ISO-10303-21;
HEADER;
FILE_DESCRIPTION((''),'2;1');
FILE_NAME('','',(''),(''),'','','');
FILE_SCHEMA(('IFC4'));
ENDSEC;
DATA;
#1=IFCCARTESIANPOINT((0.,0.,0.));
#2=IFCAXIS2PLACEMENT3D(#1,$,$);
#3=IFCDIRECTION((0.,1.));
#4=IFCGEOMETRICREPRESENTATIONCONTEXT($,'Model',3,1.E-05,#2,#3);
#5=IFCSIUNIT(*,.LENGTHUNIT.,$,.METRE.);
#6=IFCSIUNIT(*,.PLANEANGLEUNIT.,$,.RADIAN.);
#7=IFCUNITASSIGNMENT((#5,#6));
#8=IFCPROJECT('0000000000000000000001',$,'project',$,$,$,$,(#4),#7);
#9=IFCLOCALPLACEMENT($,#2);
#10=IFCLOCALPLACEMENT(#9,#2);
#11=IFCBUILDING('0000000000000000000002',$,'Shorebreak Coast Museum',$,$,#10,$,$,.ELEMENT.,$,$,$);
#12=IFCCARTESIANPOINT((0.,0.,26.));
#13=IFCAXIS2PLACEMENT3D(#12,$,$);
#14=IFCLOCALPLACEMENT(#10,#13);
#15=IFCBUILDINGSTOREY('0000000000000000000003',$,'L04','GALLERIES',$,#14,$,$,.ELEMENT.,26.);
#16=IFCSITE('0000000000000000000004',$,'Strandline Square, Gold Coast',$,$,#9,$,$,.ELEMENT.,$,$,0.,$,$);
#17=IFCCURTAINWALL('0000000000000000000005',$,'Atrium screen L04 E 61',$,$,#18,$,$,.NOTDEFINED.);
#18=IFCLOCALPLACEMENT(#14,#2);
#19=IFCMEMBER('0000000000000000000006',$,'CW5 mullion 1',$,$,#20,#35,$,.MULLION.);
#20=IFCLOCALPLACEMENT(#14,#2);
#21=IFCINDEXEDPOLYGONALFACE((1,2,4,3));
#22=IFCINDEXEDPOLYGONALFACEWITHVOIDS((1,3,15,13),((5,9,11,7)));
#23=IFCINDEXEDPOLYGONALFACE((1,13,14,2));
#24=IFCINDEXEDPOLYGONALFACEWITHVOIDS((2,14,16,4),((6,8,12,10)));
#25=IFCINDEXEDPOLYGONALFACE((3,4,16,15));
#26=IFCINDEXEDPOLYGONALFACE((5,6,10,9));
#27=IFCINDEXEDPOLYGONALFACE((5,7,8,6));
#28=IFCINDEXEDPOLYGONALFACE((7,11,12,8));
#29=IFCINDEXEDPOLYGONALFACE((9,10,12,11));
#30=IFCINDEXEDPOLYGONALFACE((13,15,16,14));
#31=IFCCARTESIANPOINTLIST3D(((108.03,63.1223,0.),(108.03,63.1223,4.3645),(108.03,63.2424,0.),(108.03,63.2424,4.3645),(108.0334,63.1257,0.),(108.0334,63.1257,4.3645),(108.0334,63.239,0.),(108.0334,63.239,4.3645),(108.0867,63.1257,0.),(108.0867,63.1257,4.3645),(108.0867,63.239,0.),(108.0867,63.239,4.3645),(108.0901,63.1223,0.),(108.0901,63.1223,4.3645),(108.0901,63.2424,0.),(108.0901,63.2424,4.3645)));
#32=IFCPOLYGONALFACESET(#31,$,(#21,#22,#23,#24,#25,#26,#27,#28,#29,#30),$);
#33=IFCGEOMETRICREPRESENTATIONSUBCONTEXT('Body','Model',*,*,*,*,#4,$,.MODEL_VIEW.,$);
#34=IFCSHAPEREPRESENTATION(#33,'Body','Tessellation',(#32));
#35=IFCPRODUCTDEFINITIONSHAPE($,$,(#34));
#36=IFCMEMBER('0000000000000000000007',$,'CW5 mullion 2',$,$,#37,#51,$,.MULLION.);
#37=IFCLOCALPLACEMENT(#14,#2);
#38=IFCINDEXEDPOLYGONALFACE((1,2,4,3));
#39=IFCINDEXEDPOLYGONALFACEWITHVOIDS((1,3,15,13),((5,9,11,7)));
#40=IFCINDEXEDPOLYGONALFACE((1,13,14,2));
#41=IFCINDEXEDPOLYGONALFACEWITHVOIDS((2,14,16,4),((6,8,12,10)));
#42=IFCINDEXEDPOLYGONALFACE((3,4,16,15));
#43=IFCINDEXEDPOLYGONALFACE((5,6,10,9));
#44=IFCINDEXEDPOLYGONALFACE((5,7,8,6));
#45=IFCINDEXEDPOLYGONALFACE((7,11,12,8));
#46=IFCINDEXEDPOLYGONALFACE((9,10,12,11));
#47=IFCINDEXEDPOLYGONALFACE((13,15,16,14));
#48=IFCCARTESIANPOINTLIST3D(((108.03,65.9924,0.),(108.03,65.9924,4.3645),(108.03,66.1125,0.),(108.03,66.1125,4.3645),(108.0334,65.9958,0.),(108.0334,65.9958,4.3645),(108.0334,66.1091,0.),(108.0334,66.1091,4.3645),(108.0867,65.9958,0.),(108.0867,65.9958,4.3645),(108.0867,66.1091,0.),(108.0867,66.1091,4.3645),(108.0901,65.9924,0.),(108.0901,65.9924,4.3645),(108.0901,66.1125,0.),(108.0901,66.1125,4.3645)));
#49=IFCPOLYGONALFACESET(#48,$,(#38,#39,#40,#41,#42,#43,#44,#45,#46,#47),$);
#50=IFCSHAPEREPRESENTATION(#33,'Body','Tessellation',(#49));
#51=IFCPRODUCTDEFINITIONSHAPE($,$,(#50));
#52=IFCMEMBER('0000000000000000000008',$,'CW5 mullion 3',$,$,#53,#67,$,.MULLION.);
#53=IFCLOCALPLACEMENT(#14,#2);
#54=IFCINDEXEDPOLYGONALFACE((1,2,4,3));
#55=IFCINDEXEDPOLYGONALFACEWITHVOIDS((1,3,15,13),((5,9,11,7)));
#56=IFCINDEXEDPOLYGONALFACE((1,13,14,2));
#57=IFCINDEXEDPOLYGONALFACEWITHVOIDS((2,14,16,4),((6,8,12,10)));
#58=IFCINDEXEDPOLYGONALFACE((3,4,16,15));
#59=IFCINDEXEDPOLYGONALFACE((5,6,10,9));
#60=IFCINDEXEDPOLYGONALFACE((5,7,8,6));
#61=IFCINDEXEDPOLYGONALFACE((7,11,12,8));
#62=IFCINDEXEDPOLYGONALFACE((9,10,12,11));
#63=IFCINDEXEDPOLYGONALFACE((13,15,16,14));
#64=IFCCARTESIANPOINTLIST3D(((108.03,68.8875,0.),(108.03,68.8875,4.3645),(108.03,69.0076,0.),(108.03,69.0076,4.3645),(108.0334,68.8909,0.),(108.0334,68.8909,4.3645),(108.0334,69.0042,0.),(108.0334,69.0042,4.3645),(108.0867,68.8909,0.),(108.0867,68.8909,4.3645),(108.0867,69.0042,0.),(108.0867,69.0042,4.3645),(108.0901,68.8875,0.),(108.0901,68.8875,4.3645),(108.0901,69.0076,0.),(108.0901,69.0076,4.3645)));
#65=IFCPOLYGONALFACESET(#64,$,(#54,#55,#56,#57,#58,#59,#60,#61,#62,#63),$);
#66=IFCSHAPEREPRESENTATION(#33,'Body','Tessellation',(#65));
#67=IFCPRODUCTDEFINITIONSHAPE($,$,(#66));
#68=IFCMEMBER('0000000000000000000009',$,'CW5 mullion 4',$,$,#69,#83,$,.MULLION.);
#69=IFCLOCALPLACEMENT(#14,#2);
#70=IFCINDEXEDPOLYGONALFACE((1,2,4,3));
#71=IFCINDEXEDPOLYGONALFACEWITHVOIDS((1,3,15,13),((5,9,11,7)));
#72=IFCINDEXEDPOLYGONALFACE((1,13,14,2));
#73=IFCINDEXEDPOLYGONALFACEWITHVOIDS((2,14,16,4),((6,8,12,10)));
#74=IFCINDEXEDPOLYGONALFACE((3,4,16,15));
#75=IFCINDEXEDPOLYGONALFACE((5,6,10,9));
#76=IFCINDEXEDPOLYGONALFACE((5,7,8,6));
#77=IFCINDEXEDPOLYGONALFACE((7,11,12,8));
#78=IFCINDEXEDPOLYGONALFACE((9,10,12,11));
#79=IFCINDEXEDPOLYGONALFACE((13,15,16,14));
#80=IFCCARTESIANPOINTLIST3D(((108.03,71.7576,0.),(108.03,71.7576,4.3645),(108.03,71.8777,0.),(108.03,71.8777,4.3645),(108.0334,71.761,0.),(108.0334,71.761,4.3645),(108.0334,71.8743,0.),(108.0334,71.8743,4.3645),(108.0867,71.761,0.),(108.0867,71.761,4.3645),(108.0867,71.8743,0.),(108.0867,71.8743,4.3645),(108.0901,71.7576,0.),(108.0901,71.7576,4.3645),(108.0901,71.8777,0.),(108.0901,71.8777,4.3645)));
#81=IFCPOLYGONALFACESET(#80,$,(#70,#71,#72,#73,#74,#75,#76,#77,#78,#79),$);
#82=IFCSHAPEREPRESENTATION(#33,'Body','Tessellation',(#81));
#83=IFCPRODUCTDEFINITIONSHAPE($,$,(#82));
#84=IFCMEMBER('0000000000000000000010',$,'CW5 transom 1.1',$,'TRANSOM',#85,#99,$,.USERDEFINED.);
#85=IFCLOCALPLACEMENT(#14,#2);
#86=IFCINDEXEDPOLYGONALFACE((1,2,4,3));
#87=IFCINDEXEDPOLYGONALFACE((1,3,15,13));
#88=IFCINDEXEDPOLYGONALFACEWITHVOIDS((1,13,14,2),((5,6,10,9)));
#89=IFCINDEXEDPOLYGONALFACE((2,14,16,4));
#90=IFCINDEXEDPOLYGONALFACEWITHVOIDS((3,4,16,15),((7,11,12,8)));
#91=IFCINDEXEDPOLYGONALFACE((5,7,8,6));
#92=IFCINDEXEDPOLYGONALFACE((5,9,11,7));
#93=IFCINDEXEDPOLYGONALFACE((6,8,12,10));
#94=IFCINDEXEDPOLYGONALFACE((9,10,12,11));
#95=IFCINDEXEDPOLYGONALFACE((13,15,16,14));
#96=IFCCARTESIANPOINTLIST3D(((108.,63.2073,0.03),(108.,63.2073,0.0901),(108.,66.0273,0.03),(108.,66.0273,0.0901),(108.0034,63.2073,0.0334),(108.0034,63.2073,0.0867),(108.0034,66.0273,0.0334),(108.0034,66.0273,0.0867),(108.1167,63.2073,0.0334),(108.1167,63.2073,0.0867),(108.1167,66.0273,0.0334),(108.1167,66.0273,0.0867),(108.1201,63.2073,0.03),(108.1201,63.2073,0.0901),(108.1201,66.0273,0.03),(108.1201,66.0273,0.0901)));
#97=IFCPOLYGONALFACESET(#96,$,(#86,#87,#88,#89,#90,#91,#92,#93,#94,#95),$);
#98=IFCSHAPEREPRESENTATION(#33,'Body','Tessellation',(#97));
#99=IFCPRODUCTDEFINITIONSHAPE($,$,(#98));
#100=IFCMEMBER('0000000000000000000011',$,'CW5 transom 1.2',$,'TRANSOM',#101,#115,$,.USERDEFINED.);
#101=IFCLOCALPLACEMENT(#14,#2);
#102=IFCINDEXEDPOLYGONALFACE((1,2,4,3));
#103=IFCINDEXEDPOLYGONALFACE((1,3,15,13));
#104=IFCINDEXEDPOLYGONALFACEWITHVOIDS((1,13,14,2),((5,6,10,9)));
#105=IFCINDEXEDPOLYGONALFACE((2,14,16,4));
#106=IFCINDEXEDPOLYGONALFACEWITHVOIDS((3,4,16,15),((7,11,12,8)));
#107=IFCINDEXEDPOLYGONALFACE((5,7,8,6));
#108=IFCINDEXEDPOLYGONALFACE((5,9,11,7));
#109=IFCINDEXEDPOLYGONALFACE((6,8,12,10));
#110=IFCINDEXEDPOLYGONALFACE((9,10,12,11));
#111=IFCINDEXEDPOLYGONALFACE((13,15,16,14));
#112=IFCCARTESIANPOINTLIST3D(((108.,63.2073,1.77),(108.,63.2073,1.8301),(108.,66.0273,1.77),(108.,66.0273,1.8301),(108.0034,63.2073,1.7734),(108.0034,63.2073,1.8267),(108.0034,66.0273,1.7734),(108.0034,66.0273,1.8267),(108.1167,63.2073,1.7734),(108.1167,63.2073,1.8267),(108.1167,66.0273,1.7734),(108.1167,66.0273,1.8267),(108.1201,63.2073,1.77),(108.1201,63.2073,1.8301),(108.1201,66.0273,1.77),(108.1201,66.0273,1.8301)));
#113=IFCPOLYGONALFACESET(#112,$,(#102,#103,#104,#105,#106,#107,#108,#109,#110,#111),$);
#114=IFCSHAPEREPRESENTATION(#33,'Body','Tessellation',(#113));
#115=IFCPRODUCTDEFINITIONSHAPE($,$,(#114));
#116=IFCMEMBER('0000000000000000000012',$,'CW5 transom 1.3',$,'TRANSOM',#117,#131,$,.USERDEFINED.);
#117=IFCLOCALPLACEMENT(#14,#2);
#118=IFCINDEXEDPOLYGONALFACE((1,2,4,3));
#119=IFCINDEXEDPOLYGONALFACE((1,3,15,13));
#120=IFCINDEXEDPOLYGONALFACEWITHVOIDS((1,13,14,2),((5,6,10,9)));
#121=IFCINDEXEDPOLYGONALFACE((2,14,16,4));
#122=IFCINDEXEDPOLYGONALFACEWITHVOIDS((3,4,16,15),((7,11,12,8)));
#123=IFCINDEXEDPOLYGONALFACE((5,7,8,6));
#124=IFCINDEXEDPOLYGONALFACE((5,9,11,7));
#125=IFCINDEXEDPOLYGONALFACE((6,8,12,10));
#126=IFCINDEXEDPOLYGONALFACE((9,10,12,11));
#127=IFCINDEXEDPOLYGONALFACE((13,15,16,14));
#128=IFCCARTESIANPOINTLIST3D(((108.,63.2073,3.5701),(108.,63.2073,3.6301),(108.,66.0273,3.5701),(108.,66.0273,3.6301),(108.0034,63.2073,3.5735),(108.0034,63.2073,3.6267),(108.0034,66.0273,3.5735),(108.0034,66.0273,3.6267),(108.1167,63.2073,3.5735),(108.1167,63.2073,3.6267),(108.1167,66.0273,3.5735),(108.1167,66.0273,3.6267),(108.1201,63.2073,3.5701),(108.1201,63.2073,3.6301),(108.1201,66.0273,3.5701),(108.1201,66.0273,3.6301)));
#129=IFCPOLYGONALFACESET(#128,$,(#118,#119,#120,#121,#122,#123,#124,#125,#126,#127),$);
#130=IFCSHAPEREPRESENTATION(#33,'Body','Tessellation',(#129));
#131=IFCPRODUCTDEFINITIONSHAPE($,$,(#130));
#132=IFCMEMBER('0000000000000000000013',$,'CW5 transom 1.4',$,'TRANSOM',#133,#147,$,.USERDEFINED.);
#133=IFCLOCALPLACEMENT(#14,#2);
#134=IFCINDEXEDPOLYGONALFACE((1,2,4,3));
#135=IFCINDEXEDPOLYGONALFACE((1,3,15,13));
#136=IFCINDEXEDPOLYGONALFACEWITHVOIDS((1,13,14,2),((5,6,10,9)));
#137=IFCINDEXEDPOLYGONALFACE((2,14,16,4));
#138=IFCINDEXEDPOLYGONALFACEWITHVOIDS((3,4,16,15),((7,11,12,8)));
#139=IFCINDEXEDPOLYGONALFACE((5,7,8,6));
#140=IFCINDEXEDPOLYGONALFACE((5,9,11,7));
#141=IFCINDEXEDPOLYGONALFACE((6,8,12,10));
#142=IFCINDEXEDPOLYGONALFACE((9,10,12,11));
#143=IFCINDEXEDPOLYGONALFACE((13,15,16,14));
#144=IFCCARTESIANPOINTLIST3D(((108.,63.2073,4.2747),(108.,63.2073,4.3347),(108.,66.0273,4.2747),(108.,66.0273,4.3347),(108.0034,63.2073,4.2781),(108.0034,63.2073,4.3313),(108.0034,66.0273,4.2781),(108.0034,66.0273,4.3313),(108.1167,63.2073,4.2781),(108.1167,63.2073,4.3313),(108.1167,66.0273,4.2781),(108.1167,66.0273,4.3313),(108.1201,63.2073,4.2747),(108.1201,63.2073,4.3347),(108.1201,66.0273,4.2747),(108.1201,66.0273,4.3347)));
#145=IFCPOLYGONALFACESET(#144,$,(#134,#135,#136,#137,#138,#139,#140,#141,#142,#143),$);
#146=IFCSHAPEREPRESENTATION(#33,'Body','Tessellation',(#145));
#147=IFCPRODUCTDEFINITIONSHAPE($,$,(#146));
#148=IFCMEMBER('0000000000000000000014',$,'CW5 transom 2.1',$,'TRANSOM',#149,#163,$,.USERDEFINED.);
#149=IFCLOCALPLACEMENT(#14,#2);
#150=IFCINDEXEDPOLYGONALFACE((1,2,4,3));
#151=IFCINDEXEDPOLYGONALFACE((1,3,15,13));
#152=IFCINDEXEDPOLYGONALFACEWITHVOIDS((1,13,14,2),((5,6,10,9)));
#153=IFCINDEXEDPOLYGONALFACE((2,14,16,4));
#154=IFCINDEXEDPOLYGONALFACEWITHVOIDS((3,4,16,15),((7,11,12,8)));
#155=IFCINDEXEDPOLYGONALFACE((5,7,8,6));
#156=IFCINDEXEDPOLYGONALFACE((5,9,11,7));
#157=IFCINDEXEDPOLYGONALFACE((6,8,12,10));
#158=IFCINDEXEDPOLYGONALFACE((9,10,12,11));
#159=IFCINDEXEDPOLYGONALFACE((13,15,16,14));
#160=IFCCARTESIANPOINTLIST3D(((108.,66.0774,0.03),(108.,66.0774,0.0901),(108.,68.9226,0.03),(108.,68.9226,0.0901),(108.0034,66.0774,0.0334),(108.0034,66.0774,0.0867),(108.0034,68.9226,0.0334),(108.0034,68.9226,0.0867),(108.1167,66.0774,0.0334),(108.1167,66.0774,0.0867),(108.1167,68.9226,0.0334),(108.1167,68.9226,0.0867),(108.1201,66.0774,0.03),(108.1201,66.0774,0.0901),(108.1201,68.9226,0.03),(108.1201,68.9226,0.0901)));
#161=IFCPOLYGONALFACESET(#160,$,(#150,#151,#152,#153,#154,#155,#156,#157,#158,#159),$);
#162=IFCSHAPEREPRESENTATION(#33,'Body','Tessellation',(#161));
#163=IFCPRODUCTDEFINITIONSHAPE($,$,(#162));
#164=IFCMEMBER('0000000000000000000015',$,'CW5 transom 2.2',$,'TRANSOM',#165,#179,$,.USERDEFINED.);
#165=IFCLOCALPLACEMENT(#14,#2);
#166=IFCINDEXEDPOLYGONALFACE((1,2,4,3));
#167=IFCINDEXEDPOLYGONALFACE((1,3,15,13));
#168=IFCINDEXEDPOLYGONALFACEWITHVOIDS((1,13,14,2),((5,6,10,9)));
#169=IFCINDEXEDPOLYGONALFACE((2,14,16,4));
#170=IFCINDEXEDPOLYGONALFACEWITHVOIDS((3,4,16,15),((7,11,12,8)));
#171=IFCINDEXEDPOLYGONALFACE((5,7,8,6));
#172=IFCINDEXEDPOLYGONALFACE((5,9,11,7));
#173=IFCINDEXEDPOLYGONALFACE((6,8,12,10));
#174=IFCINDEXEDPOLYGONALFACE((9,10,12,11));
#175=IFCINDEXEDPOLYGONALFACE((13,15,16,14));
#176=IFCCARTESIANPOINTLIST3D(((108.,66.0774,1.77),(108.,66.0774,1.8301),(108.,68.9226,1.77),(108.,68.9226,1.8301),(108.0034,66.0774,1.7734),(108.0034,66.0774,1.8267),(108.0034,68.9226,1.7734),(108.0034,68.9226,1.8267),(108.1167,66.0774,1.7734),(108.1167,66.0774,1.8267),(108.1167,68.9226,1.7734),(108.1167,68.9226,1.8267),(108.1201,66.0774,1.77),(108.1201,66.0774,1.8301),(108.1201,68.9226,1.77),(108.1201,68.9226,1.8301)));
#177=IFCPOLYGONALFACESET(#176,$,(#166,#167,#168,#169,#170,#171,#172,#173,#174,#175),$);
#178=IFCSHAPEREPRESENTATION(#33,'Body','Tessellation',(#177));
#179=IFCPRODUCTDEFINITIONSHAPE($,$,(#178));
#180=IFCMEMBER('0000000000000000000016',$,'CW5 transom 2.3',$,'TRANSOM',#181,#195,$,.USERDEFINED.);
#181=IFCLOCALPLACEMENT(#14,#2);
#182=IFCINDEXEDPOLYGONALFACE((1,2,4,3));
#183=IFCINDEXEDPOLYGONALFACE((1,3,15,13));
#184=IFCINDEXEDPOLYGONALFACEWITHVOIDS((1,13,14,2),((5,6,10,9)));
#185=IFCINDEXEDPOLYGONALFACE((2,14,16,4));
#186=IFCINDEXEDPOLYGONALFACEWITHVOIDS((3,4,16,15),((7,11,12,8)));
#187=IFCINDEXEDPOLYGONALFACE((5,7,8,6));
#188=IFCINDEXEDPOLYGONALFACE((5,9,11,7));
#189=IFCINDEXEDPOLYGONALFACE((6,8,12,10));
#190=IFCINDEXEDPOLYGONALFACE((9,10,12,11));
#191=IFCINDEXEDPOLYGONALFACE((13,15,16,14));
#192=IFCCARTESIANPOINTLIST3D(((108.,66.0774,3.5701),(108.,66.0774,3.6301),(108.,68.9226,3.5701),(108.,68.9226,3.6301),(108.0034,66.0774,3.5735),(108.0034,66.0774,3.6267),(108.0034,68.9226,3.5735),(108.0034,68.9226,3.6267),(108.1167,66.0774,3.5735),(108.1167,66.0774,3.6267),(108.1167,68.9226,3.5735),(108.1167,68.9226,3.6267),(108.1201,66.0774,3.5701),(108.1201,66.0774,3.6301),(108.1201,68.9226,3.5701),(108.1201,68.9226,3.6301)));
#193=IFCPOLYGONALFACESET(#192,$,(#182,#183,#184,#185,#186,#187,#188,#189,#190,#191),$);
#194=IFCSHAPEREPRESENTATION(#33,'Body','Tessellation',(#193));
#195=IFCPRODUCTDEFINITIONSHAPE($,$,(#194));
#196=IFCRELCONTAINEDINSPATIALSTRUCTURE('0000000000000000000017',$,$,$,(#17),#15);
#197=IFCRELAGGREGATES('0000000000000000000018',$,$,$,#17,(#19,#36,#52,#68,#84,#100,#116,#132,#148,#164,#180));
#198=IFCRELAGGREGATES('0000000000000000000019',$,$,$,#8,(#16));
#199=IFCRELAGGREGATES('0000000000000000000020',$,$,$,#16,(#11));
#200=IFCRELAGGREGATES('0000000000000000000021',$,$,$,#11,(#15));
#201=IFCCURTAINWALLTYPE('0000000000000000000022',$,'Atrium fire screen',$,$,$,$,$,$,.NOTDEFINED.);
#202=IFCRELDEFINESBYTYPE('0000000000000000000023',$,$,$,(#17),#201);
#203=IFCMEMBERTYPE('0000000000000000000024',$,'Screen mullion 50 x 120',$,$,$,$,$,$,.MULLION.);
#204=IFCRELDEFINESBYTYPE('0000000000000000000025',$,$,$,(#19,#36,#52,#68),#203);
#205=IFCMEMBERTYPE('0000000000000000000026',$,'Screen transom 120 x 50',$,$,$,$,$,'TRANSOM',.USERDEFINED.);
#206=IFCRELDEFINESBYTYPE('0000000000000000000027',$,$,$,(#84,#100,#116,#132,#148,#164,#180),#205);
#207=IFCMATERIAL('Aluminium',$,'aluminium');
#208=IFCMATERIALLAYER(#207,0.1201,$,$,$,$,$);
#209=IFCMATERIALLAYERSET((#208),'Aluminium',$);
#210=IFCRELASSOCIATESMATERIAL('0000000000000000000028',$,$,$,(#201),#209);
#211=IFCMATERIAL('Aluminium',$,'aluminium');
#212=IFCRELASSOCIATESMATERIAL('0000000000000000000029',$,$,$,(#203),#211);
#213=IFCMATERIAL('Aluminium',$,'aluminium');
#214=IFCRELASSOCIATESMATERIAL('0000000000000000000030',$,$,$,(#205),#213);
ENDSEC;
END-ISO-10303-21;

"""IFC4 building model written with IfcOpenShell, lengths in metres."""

from ifc_helpers import new_model, si_unit, direction, frame, origin, origin_2d, place, context, subcontext, project, spatial, hollow_rectangle, extrude, material, layer, layer_set, material_profile, profile_set, type_object, element, aggregate, save


model = new_model("IFC4")

# Units and contexts
model_context = context("Model", 3, precision=1e-05, world=origin(), true_north=direction((0.0, 1.0)))
body_context = subcontext(model_context, "Body", "Model", "MODEL_VIEW")
ifc_project = project(units=[si_unit("LENGTHUNIT", "METRE"), si_unit("PLANEANGLEUNIT", "RADIAN")], contexts=[model_context])

# Site, building, storey
site_placement = place(None, origin())
site = spatial("IfcSite", under=ifc_project, at=site_placement, Name="Strandline Square, Gold Coast", CompositionType="ELEMENT", RefElevation=0.0)
building_placement = place(site_placement, origin())
building = spatial("IfcBuilding", under=site, at=building_placement, Name="Shorebreak Coast Museum", CompositionType="ELEMENT")
storey_placement = place(building_placement, frame((0.0, 0.0, 26.0)))
storey = spatial("IfcBuildingStorey", under=building, at=storey_placement, Name="L04", Description="GALLERIES", CompositionType="ELEMENT", Elevation=26.0)

# Curtain wall, members
ifc_material_1 = material(Name="Aluminium", Category="aluminium")
ifc_layer_1 = layer(ifc_material_1, 0.1201)
ifc_layer_set_1 = layer_set([ifc_layer_1], Name="Aluminium")
curtain_wall_type = type_object("IfcCurtainWallType", Name="Atrium fire screen", PredefinedType="NOTDEFINED", material=ifc_layer_set_1)
curtain_wall_placement = place(storey_placement, origin())
curtain_wall = element("IfcCurtainWall", 1, at=curtain_wall_placement, inside=storey, type_object=curtain_wall_type, Name="Atrium screen L04 E 61", PredefinedType="NOTDEFINED")
ifc_material_2 = material(Name="Aluminium", Category="aluminium")
ifc_material_profile_1 = material_profile(ifc_material_2, hollow_rectangle(XDim=0.0601, YDim=0.1201, WallThickness=0.0034, at=origin_2d()), Name="AL 120x60 RHS")
ifc_profile_set_1 = profile_set([ifc_material_profile_1], Name="Aluminium")
member_type_1 = type_object("IfcMemberType", Name="Screen mullion 50 x 120", PredefinedType="MULLION", material=ifc_profile_set_1)
member_1_placement = place(storey_placement, frame((108.0601, 63.1824, 0.0), z_axis=(0.0, 0.0, 1.0), x_axis=(-1.0, 0.0, 0.0)))
member_1 = element("IfcMember", 2, at=member_1_placement, type_object=member_type_1, Name="CW5 mullion 1", PredefinedType="MULLION", context=body_context, shape_type="SweptSolid", body=[
    extrude(hollow_rectangle(XDim=0.0601, YDim=0.1201, WallThickness=0.0034, at=origin_2d()), origin(), (0.0, 0.0, 1.0), 4.3645),
])
member_2_placement = place(storey_placement, frame((108.0601, 66.0525, 0.0), z_axis=(0.0, 0.0, 1.0), x_axis=(-1.0, 0.0, 0.0)))
member_2 = element("IfcMember", 3, at=member_2_placement, type_object=member_type_1, Name="CW5 mullion 2", PredefinedType="MULLION", context=body_context, shape_type="SweptSolid", body=[
    extrude(hollow_rectangle(XDim=0.0601, YDim=0.1201, WallThickness=0.0034, at=origin_2d()), origin(), (0.0, 0.0, 1.0), 4.3645),
])
member_3_placement = place(storey_placement, frame((108.0601, 68.9475, 0.0), z_axis=(0.0, 0.0, 1.0), x_axis=(-1.0, 0.0, 0.0)))
member_3 = element("IfcMember", 4, at=member_3_placement, type_object=member_type_1, Name="CW5 mullion 3", PredefinedType="MULLION", context=body_context, shape_type="SweptSolid", body=[
    extrude(hollow_rectangle(XDim=0.0601, YDim=0.1201, WallThickness=0.0034, at=origin_2d()), origin(), (0.0, 0.0, 1.0), 4.3645),
])
member_4_placement = place(storey_placement, frame((108.0601, 71.8176, 0.0), z_axis=(0.0, 0.0, 1.0), x_axis=(-1.0, 0.0, 0.0)))
member_4 = element("IfcMember", 5, at=member_4_placement, type_object=member_type_1, Name="CW5 mullion 4", PredefinedType="MULLION", context=body_context, shape_type="SweptSolid", body=[
    extrude(hollow_rectangle(XDim=0.0601, YDim=0.1201, WallThickness=0.0034, at=origin_2d()), origin(), (0.0, 0.0, 1.0), 4.3645),
])
ifc_material_3 = material(Name="Aluminium", Category="aluminium")
ifc_material_profile_2 = material_profile(ifc_material_3, hollow_rectangle(XDim=0.1201, YDim=0.0601, WallThickness=0.0034, at=origin_2d()), Name="AL 60x120 RHS")
ifc_profile_set_2 = profile_set([ifc_material_profile_2], Name="Aluminium")
member_type_2 = type_object("IfcMemberType", Name="Screen transom 120 x 50", ElementType="TRANSOM", PredefinedType="USERDEFINED", material=ifc_profile_set_2)
member_5_placement = place(storey_placement, frame((108.0601, 63.2073, 0.0601), z_axis=(0.0, 1.0, 0.0), x_axis=(-1.0, 0.0, 0.0)))
member_5 = element("IfcMember", 6, at=member_5_placement, type_object=member_type_2, Name="CW5 transom 1.1", ObjectType="TRANSOM", PredefinedType="USERDEFINED", context=body_context, shape_type="SweptSolid", body=[
    extrude(hollow_rectangle(XDim=0.1201, YDim=0.0601, WallThickness=0.0034, at=origin_2d()), origin(), (0.0, 0.0, 1.0), 2.8201),
])
member_6_placement = place(storey_placement, frame((108.0601, 63.2073, 1.8), z_axis=(0.0, 1.0, 0.0), x_axis=(-1.0, 0.0, 0.0)))
member_6 = element("IfcMember", 7, at=member_6_placement, type_object=member_type_2, Name="CW5 transom 1.2", ObjectType="TRANSOM", PredefinedType="USERDEFINED", context=body_context, shape_type="SweptSolid", body=[
    extrude(hollow_rectangle(XDim=0.1201, YDim=0.0601, WallThickness=0.0034, at=origin_2d()), origin(), (0.0, 0.0, 1.0), 2.8201),
])
member_7_placement = place(storey_placement, frame((108.0601, 63.2073, 3.6001), z_axis=(0.0, 1.0, 0.0), x_axis=(-1.0, 0.0, 0.0)))
member_7 = element("IfcMember", 8, at=member_7_placement, type_object=member_type_2, Name="CW5 transom 1.3", ObjectType="TRANSOM", PredefinedType="USERDEFINED", context=body_context, shape_type="SweptSolid", body=[
    extrude(hollow_rectangle(XDim=0.1201, YDim=0.0601, WallThickness=0.0034, at=origin_2d()), origin(), (0.0, 0.0, 1.0), 2.8201),
])
member_8_placement = place(storey_placement, frame((108.0601, 63.2073, 4.3047), z_axis=(0.0, 1.0, 0.0), x_axis=(-1.0, 0.0, 0.0)))
member_8 = element("IfcMember", 9, at=member_8_placement, type_object=member_type_2, Name="CW5 transom 1.4", ObjectType="TRANSOM", PredefinedType="USERDEFINED", context=body_context, shape_type="SweptSolid", body=[
    extrude(hollow_rectangle(XDim=0.1201, YDim=0.0601, WallThickness=0.0034, at=origin_2d()), origin(), (0.0, 0.0, 1.0), 2.8201),
])
member_9_placement = place(storey_placement, frame((108.0601, 66.0774, 0.0601), z_axis=(0.0, 1.0, 0.0), x_axis=(-1.0, 0.0, 0.0)))
member_9 = element("IfcMember", 10, at=member_9_placement, type_object=member_type_2, Name="CW5 transom 2.1", ObjectType="TRANSOM", PredefinedType="USERDEFINED", context=body_context, shape_type="SweptSolid", body=[
    extrude(hollow_rectangle(XDim=0.1201, YDim=0.0601, WallThickness=0.0034, at=origin_2d()), origin(), (0.0, 0.0, 1.0), 2.8452),
])
member_10_placement = place(storey_placement, frame((108.0601, 66.0774, 1.8), z_axis=(0.0, 1.0, 0.0), x_axis=(-1.0, 0.0, 0.0)))
member_10 = element("IfcMember", 11, at=member_10_placement, type_object=member_type_2, Name="CW5 transom 2.2", ObjectType="TRANSOM", PredefinedType="USERDEFINED", context=body_context, shape_type="SweptSolid", body=[
    extrude(hollow_rectangle(XDim=0.1201, YDim=0.0601, WallThickness=0.0034, at=origin_2d()), origin(), (0.0, 0.0, 1.0), 2.8452),
])
member_11_placement = place(storey_placement, frame((108.0601, 66.0774, 3.6001), z_axis=(0.0, 1.0, 0.0), x_axis=(-1.0, 0.0, 0.0)))
member_11 = element("IfcMember", 12, at=member_11_placement, type_object=member_type_2, Name="CW5 transom 2.3", ObjectType="TRANSOM", PredefinedType="USERDEFINED", context=body_context, shape_type="SweptSolid", body=[
    extrude(hollow_rectangle(XDim=0.1201, YDim=0.0601, WallThickness=0.0034, at=origin_2d()), origin(), (0.0, 0.0, 1.0), 2.8452),
])
aggregate(curtain_wall, [member_1, member_2, member_3, member_4, member_5, member_6, member_7, member_8, member_9, member_10, member_11])

save(model, "model.ifc")
